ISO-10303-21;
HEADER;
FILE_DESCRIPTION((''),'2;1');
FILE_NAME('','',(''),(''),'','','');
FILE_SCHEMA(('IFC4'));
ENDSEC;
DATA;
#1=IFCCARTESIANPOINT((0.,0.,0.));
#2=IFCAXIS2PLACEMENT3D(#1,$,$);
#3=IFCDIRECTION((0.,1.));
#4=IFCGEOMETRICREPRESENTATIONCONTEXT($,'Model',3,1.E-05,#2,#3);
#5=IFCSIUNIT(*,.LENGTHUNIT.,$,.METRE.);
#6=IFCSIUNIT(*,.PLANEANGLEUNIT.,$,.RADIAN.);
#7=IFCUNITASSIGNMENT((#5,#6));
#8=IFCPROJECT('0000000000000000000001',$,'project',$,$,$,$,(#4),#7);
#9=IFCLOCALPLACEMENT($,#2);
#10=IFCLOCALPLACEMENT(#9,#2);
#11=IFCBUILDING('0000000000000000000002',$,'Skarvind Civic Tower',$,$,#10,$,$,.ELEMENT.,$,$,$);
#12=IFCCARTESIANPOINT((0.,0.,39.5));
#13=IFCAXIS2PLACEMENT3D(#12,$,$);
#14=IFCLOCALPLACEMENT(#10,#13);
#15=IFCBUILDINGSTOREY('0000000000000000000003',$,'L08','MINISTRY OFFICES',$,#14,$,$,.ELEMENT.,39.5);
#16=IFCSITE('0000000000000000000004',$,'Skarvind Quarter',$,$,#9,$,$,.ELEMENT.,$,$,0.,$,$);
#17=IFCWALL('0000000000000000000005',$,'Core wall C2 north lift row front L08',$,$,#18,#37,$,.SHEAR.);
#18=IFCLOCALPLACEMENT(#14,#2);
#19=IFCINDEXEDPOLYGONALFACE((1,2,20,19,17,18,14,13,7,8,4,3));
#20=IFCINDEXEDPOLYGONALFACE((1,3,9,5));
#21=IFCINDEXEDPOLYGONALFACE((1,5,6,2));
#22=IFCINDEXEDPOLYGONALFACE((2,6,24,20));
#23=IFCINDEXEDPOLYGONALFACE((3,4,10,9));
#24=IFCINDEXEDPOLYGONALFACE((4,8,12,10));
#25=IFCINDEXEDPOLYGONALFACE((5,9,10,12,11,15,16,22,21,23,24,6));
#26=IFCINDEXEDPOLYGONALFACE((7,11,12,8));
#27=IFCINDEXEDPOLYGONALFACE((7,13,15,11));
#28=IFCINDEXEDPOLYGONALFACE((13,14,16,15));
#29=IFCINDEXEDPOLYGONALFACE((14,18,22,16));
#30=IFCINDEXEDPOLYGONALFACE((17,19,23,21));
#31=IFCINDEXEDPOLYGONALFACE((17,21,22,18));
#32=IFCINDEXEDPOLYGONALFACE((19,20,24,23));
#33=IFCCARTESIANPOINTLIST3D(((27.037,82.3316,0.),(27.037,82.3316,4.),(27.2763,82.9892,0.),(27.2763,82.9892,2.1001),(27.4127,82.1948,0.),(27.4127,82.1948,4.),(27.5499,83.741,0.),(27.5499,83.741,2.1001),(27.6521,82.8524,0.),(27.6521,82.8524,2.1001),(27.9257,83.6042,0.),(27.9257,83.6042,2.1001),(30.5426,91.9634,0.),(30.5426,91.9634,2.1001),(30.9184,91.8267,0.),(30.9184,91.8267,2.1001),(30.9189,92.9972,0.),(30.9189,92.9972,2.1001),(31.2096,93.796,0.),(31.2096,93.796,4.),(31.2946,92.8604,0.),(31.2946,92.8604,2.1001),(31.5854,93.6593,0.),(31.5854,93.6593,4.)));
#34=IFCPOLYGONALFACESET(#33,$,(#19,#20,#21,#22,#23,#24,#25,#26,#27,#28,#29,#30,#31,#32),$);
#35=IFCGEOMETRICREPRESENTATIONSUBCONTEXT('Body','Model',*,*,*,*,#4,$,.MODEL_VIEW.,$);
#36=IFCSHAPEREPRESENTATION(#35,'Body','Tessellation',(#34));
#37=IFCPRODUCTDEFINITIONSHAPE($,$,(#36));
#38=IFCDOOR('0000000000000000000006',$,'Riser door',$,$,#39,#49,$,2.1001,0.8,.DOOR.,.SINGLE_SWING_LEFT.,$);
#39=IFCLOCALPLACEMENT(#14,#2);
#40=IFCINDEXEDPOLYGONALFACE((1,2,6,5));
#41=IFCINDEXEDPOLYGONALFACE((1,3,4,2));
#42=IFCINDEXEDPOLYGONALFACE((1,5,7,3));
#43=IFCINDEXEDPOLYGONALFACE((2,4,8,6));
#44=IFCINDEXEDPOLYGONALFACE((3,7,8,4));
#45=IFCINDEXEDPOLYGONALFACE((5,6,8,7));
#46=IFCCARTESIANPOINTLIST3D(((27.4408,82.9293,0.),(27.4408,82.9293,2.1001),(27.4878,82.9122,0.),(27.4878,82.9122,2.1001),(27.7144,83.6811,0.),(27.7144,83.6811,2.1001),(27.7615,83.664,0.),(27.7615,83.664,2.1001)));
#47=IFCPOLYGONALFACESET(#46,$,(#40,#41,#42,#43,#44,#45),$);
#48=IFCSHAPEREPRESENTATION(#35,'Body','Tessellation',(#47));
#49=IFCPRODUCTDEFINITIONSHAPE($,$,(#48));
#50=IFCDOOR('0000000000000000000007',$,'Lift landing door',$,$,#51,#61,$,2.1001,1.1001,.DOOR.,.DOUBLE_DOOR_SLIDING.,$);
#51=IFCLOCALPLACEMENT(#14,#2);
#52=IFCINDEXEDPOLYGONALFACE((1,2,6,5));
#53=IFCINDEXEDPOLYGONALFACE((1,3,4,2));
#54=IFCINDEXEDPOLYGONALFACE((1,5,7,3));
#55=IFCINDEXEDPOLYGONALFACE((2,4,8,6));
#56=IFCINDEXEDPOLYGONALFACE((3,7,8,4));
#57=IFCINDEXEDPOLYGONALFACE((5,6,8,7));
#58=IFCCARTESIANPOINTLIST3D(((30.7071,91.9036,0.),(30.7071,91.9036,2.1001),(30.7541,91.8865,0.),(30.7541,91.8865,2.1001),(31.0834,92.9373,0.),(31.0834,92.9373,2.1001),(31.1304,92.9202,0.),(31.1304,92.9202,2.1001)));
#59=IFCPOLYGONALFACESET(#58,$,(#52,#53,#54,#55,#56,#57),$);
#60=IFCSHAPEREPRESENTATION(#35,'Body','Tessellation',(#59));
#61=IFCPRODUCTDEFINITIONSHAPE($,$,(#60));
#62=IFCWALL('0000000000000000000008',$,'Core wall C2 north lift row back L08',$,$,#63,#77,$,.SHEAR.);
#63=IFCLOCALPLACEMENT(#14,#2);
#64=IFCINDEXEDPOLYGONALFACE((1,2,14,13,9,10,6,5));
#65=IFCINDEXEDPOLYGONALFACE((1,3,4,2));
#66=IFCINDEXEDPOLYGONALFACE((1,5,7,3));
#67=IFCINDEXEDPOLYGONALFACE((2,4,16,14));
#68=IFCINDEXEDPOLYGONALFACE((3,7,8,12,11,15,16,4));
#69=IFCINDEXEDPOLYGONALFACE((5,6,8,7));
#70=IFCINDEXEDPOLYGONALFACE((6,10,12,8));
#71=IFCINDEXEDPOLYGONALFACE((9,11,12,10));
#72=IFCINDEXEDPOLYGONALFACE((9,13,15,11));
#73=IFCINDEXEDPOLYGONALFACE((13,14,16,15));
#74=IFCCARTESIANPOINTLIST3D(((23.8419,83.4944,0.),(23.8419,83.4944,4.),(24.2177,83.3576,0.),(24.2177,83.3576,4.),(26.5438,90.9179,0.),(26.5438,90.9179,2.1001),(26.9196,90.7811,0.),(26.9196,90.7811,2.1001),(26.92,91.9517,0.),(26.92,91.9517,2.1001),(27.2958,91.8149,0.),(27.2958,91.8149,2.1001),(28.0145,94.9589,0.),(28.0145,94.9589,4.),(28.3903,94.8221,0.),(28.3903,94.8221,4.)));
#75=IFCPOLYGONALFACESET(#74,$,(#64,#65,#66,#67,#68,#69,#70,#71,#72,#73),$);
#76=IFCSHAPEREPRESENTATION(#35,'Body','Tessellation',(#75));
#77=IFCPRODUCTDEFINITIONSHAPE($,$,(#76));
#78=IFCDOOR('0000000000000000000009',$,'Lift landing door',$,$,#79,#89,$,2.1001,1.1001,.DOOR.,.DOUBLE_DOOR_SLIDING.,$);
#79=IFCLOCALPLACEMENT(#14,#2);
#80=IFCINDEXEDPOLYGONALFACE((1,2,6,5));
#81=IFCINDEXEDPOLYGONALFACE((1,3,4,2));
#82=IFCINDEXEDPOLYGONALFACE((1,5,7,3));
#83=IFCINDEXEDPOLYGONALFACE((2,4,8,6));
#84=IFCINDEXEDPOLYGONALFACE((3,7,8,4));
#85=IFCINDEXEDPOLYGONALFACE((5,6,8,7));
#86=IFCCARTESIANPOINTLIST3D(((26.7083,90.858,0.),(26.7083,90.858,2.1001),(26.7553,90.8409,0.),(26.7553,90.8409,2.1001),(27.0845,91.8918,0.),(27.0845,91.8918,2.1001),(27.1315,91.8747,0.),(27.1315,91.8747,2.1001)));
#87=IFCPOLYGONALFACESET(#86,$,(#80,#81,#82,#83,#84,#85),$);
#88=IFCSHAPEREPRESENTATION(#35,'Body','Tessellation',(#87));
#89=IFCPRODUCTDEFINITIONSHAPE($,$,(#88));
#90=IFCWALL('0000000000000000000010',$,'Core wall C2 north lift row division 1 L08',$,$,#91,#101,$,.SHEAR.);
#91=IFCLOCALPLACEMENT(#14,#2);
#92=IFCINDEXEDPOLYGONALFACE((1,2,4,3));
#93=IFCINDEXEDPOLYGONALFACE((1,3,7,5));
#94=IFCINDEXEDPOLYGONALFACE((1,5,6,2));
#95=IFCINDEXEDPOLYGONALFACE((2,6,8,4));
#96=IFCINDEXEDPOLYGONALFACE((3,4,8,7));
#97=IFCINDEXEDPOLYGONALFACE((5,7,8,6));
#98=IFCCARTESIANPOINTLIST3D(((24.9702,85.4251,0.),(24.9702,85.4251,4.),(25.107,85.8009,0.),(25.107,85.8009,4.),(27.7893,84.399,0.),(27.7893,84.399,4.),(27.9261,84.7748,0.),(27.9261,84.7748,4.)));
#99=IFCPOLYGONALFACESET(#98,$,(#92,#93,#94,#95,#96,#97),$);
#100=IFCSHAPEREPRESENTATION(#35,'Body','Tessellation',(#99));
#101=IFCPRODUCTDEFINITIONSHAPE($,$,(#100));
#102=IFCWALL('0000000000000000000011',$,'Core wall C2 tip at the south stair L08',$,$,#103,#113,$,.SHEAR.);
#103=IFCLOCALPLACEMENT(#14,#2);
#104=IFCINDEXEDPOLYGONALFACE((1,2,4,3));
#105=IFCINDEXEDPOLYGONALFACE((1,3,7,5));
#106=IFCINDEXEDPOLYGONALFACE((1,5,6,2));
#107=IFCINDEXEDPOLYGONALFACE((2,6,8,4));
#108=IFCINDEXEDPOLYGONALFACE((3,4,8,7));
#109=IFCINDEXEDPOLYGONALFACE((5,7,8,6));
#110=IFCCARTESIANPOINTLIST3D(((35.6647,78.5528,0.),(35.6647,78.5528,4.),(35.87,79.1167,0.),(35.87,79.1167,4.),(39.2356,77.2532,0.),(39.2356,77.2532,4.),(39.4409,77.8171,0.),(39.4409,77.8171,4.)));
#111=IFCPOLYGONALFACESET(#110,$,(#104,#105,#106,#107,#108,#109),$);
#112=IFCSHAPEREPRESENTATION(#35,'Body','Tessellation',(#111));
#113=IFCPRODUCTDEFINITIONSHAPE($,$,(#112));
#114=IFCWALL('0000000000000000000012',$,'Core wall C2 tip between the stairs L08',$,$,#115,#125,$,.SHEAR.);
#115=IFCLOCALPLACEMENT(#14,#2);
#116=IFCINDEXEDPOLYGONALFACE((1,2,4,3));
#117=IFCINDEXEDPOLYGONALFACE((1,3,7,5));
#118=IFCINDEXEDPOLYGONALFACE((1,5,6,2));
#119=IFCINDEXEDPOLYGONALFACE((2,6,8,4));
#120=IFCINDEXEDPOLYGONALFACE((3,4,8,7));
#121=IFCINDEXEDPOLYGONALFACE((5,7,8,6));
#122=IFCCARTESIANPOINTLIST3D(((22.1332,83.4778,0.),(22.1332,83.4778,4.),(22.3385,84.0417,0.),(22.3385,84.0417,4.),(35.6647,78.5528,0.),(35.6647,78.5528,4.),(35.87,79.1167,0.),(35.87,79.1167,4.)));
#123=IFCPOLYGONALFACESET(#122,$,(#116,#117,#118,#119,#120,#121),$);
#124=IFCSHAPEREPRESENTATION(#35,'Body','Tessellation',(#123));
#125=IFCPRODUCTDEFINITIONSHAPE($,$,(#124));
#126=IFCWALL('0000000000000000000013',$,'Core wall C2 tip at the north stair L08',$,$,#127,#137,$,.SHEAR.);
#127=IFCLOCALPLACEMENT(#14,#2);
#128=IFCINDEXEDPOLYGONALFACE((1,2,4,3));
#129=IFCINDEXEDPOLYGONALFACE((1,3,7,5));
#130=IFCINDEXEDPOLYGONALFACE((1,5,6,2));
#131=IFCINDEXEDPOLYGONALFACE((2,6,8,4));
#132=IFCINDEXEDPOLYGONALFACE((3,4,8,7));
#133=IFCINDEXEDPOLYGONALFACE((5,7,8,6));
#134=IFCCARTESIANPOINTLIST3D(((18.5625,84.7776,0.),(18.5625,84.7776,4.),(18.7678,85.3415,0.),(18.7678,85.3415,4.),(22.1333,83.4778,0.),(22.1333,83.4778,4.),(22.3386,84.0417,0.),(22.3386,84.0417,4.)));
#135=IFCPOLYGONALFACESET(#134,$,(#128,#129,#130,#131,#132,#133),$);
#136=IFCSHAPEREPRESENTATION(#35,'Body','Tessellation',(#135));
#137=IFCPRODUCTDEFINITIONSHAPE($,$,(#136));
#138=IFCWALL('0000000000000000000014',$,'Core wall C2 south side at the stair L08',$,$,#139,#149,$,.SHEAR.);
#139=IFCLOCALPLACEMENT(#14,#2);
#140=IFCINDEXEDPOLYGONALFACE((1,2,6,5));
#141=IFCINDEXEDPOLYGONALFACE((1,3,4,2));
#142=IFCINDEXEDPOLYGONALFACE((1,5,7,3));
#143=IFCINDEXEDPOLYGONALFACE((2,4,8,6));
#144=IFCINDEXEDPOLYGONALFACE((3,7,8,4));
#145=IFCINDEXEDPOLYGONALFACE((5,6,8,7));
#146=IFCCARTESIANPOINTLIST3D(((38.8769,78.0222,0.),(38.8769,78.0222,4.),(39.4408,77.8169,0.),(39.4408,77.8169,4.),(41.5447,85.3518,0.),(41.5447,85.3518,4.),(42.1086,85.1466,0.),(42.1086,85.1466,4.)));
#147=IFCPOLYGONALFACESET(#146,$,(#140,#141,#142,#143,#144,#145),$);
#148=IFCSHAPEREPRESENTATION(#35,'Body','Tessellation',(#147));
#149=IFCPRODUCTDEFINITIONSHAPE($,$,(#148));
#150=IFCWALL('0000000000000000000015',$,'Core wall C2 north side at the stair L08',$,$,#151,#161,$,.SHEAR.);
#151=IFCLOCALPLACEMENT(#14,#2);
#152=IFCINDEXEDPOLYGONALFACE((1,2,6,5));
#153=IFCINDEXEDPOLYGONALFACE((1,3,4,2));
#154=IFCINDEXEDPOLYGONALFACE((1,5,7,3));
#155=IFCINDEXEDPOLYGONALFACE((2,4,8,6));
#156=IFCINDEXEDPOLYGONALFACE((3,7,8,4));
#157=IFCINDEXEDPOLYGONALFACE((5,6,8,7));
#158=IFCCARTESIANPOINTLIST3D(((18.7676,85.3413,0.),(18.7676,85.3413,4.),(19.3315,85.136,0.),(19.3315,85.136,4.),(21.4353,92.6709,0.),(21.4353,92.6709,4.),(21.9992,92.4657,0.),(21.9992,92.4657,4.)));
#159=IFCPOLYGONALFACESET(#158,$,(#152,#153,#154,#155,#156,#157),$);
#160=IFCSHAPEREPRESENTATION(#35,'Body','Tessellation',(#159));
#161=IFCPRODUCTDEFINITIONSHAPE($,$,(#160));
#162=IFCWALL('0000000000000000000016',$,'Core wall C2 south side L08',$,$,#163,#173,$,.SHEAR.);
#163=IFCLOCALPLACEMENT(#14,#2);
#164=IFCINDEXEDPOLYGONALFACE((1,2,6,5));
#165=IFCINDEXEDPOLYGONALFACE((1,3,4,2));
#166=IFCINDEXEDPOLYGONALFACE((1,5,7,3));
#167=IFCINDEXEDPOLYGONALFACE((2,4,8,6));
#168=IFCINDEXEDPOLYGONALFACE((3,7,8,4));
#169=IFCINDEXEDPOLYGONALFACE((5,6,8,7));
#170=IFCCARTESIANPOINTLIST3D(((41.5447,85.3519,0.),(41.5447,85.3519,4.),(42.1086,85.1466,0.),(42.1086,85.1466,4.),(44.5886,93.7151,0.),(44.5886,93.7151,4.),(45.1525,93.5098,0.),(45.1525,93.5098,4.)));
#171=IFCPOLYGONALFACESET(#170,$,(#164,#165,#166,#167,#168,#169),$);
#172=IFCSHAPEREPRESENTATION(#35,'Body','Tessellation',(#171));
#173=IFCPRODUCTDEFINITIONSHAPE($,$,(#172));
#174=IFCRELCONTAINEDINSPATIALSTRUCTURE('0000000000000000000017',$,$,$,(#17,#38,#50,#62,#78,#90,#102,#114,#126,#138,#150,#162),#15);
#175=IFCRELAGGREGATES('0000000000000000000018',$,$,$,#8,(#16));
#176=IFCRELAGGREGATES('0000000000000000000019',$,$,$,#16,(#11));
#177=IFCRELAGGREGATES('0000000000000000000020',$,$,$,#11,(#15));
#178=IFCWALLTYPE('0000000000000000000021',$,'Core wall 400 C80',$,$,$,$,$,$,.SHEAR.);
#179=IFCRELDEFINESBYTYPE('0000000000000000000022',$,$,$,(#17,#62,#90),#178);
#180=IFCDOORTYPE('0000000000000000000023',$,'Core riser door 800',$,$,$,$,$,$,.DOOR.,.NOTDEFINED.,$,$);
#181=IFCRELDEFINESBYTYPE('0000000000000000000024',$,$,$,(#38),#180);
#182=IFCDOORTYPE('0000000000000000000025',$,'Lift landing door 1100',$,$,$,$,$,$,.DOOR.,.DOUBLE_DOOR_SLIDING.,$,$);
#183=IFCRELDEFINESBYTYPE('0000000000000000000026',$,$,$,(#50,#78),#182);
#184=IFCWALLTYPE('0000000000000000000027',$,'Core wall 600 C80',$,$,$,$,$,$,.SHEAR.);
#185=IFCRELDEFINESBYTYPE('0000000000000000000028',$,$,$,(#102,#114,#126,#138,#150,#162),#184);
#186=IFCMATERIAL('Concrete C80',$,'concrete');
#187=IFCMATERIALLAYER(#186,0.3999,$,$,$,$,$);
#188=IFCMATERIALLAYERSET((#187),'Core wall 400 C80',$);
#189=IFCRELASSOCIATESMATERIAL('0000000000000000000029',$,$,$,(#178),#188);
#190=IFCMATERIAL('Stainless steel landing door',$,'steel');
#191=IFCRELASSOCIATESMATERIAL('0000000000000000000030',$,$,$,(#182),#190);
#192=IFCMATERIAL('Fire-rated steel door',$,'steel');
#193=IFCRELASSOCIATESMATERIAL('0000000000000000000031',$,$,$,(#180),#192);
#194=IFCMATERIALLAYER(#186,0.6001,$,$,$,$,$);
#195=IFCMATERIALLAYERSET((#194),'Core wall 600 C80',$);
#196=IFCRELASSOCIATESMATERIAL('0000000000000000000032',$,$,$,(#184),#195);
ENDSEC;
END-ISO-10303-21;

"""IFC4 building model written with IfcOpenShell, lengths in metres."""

from ifc_helpers import new_model, si_unit, direction, frame, frame_2d, origin, place, context, subcontext, project, spatial, rectangle, extrude, material, layer, layer_set, type_object, element, fill, save


model = new_model("IFC4")

# Units and contexts
model_context = context("Model", 3, precision=1e-05, world=origin(), true_north=direction((0.0, 1.0)))
body_context = subcontext(model_context, "Body", "Model", "MODEL_VIEW")
ifc_project = project(units=[si_unit("LENGTHUNIT", "METRE"), si_unit("PLANEANGLEUNIT", "RADIAN")], contexts=[model_context])

# Site, building, storey
site_placement = place(None, origin())
site = spatial("IfcSite", under=ifc_project, at=site_placement, Name="Skarvind Quarter", CompositionType="ELEMENT", RefElevation=0.0)
building_placement = place(site_placement, origin())
building = spatial("IfcBuilding", under=site, at=building_placement, Name="Skarvind Civic Tower", CompositionType="ELEMENT")
storey_placement = place(building_placement, frame((0.0, 0.0, 39.5)))
storey = spatial("IfcBuildingStorey", under=building, at=storey_placement, Name="L08", Description="MINISTRY OFFICES", CompositionType="ELEMENT", Elevation=39.5)

# Shared definitions
ifc_material_1 = material(Name="Concrete C80", Category="concrete")
ifc_layer_1 = layer(ifc_material_1, 0.3999)
ifc_layer_set_1 = layer_set([ifc_layer_1], Name="Core wall 400 C80")
wall_type_1 = type_object("IfcWallType", Name="Core wall 400 C80", PredefinedType="SHEAR", material=ifc_layer_set_1)

# Shared definitions
ifc_material_2 = material(Name="Fire-rated steel door", Category="steel")

# Shared definitions
ifc_material_3 = material(Name="Stainless steel landing door", Category="steel")
door_type_1 = type_object("IfcDoorType", Name="Lift landing door 1100", OperationType="DOUBLE_DOOR_SLIDING", PredefinedType="DOOR", material=ifc_material_3)

# Wall, openings, doors
wall_1_placement = place(storey_placement, frame((27.2249, 82.2632, 0.0), z_axis=(0.0, 0.0, 1.0), x_axis=(0.342015, 0.939695, 0.0)))
wall_1 = element("IfcWall", 1, at=wall_1_placement, inside=storey, type_object=wall_type_1, Name="Core wall C2 north lift row front L08", PredefinedType="SHEAR", context=body_context, shape_type="SweptSolid", body=[
    extrude(rectangle(XDim=12.2002, YDim=0.3999, at=frame_2d((6.1001, 0.0))), origin(), (0.0, 0.0, 1.0), 4.0),
])
opening_1_placement = place(wall_1_placement, frame((10.25, 0.0, 0.0)))
opening_1 = element("IfcOpeningElement", 2, at=opening_1_placement, cuts=wall_1, PredefinedType="OPENING", context=body_context, shape_type="SweptSolid", body=[
    extrude(rectangle(XDim=1.1001, YDim=2.1001, at=frame_2d((0.55, 1.05))), frame((0.0, 0.21, 0.0), z_axis=(0.0, -1.0, 0.0), x_axis=(1.0, 0.0, 0.0)), (0.0, 0.0, 1.0), 0.4199),
])
opening_2_placement = place(wall_1_placement, frame((0.7, 0.0, 0.0)))
opening_2 = element("IfcOpeningElement", 3, at=opening_2_placement, cuts=wall_1, PredefinedType="OPENING", context=body_context, shape_type="SweptSolid", body=[
    extrude(rectangle(XDim=0.8, YDim=2.1001, at=frame_2d((0.3999, 1.05))), frame((0.0, 0.21, 0.0), z_axis=(0.0, -1.0, 0.0), x_axis=(1.0, 0.0, 0.0)), (0.0, 0.0, 1.0), 0.4199),
])
door_type_2 = type_object("IfcDoorType", Name="Core riser door 800", OperationType="NOTDEFINED", PredefinedType="DOOR", material=ifc_material_2)
door_1_placement = place(opening_2_placement, origin())
door_1 = element("IfcDoor", 4, at=door_1_placement, inside=storey, type_object=door_type_2, Name="Riser door", OperationType="SINGLE_SWING_LEFT", OverallHeight=2.1001, OverallWidth=0.8, PredefinedType="DOOR", context=body_context, shape_type="SweptSolid", body=[
    extrude(rectangle(XDim=0.8, YDim=2.1001, at=frame_2d((0.3999, 1.05))), frame((0.0, 0.0249, 0.0), z_axis=(0.0, -1.0, 0.0), x_axis=(1.0, 0.0, 0.0)), (0.0, 0.0, 1.0), 0.05),
])
fill(opening_2, door_1)
door_2_placement = place(opening_1_placement, origin())
door_2 = element("IfcDoor", 5, at=door_2_placement, inside=storey, type_object=door_type_1, Name="Lift landing door", OperationType="DOUBLE_DOOR_SLIDING", OverallHeight=2.1001, OverallWidth=1.1001, PredefinedType="DOOR", context=body_context, shape_type="SweptSolid", body=[
    extrude(rectangle(XDim=1.1001, YDim=2.1001, at=frame_2d((0.55, 1.05))), frame((0.0, 0.0249, 0.0), z_axis=(0.0, -1.0, 0.0), x_axis=(1.0, 0.0, 0.0)), (0.0, 0.0, 1.0), 0.05),
])
fill(opening_1, door_2)

# Wall, opening, door
wall_2_placement = place(storey_placement, frame((24.0298, 83.426, 0.0), z_axis=(0.0, 0.0, 1.0), x_axis=(0.342015, 0.939695, 0.0)))
wall_2 = element("IfcWall", 6, at=wall_2_placement, inside=storey, type_object=wall_type_1, Name="Core wall C2 north lift row back L08", PredefinedType="SHEAR", context=body_context, shape_type="SweptSolid", body=[
    extrude(rectangle(XDim=12.2002, YDim=0.3999, at=frame_2d((6.1001, 0.0))), origin(), (0.0, 0.0, 1.0), 4.0),
])
opening_3_placement = place(wall_2_placement, frame((7.8999, 0.0, 0.0)))
opening_3 = element("IfcOpeningElement", 7, at=opening_3_placement, cuts=wall_2, PredefinedType="OPENING", context=body_context, shape_type="SweptSolid", body=[
    extrude(rectangle(XDim=1.1001, YDim=2.1001, at=frame_2d((0.55, 1.05))), frame((0.0, 0.21, 0.0), z_axis=(0.0, -1.0, 0.0), x_axis=(1.0, 0.0, 0.0)), (0.0, 0.0, 1.0), 0.4199),
])
door_3_placement = place(opening_3_placement, origin())
door_3 = element("IfcDoor", 8, at=door_3_placement, inside=storey, type_object=door_type_1, Name="Lift landing door", OperationType="DOUBLE_DOOR_SLIDING", OverallHeight=2.1001, OverallWidth=1.1001, PredefinedType="DOOR", context=body_context, shape_type="SweptSolid", body=[
    extrude(rectangle(XDim=1.1001, YDim=2.1001, at=frame_2d((0.55, 1.05))), frame((0.0, 0.0249, 0.0), z_axis=(0.0, -1.0, 0.0), x_axis=(1.0, 0.0, 0.0)), (0.0, 0.0, 1.0), 0.05),
])
fill(opening_3, door_3)

# Walls
wall_3_placement = place(storey_placement, frame((27.8577, 84.5869, 0.0), z_axis=(0.0, 0.0, 1.0), x_axis=(-0.939686, 0.342037, 0.0)))
element("IfcWall", 9, at=wall_3_placement, inside=storey, type_object=wall_type_1, Name="Core wall C2 north lift row division 1 L08", PredefinedType="SHEAR", context=body_context, shape_type="SweptSolid", body=[
    extrude(rectangle(XDim=3.0, YDim=0.3999, at=frame_2d((1.5, 0.0))), origin(), (0.0, 0.0, 1.0), 4.0),
])
ifc_layer_2 = layer(ifc_material_1, 0.6001)
ifc_layer_set_2 = layer_set([ifc_layer_2], Name="Core wall 600 C80")
wall_type_2 = type_object("IfcWallType", Name="Core wall 600 C80", PredefinedType="SHEAR", material=ifc_layer_set_2)
wall_4_placement = place(storey_placement, frame((39.3381, 77.5352, 0.0), z_axis=(0.0, 0.0, 1.0), x_axis=(-0.939701, 0.341996, 0.0)))
element("IfcWall", 10, at=wall_4_placement, inside=storey, type_object=wall_type_2, Name="Core wall C2 tip at the south stair L08", PredefinedType="SHEAR", context=body_context, shape_type="SweptSolid", body=[
    extrude(rectangle(XDim=3.8, YDim=0.6001, at=frame_2d((1.8999, 0.0))), origin(), (0.0, 0.0, 1.0), 4.0),
])
wall_5_placement = place(storey_placement, frame((35.7673, 78.8347, 0.0), z_axis=(0.0, 0.0, 1.0), x_axis=(-0.939693, 0.342019, 0.0)))
element("IfcWall", 11, at=wall_5_placement, inside=storey, type_object=wall_type_2, Name="Core wall C2 tip between the stairs L08", PredefinedType="SHEAR", context=body_context, shape_type="SweptSolid", body=[
    extrude(rectangle(XDim=14.3999, YDim=0.6001, at=frame_2d((7.2, 0.0))), origin(), (0.0, 0.0, 1.0), 4.0),
])
wall_6_placement = place(storey_placement, frame((22.2358, 83.7598, 0.0), z_axis=(0.0, 0.0, 1.0), x_axis=(-0.939681, 0.342053, 0.0)))
element("IfcWall", 12, at=wall_6_placement, inside=storey, type_object=wall_type_2, Name="Core wall C2 tip at the north stair L08", PredefinedType="SHEAR", context=body_context, shape_type="SweptSolid", body=[
    extrude(rectangle(XDim=3.8, YDim=0.6001, at=frame_2d((1.8999, 0.0))), origin(), (0.0, 0.0, 1.0), 4.0),
])
for number, where, z_axis, x_axis, name in (
    (13, (39.1589, 77.9197, 0.0), (0.0, 0.0, 1.0), (0.342017, 0.939694, 0.0), "Core wall C2 south side at the stair L08"),
    (14, (19.0496, 85.2388, 0.0), (0.0, 0.0, 1.0), (0.342017, 0.939694, 0.0), "Core wall C2 north side at the stair L08"),
):
    element("IfcWall", number, at=place(storey_placement, frame(where, z_axis=z_axis, x_axis=x_axis)), inside=storey, type_object=wall_type_2, Name=name, PredefinedType="SHEAR", context=body_context, shape_type="SweptSolid", body=[
        extrude(rectangle(XDim=7.8, YDim=0.6001, at=frame_2d((3.8999, 0.0))), origin(), (0.0, 0.0, 1.0), 4.0),
    ])
wall_7_placement = place(storey_placement, frame((41.8267, 85.2493, 0.0), z_axis=(0.0, 0.0, 1.0), x_axis=(0.342016, 0.939694, 0.0)))
element("IfcWall", 15, at=wall_7_placement, inside=storey, type_object=wall_type_2, Name="Core wall C2 south side L08", PredefinedType="SHEAR", context=body_context, shape_type="SweptSolid", body=[
    extrude(rectangle(XDim=8.8999, YDim=0.6001, at=frame_2d((4.45, 0.0))), origin(), (0.0, 0.0, 1.0), 4.0),
])

save(model, "model.ifc")
